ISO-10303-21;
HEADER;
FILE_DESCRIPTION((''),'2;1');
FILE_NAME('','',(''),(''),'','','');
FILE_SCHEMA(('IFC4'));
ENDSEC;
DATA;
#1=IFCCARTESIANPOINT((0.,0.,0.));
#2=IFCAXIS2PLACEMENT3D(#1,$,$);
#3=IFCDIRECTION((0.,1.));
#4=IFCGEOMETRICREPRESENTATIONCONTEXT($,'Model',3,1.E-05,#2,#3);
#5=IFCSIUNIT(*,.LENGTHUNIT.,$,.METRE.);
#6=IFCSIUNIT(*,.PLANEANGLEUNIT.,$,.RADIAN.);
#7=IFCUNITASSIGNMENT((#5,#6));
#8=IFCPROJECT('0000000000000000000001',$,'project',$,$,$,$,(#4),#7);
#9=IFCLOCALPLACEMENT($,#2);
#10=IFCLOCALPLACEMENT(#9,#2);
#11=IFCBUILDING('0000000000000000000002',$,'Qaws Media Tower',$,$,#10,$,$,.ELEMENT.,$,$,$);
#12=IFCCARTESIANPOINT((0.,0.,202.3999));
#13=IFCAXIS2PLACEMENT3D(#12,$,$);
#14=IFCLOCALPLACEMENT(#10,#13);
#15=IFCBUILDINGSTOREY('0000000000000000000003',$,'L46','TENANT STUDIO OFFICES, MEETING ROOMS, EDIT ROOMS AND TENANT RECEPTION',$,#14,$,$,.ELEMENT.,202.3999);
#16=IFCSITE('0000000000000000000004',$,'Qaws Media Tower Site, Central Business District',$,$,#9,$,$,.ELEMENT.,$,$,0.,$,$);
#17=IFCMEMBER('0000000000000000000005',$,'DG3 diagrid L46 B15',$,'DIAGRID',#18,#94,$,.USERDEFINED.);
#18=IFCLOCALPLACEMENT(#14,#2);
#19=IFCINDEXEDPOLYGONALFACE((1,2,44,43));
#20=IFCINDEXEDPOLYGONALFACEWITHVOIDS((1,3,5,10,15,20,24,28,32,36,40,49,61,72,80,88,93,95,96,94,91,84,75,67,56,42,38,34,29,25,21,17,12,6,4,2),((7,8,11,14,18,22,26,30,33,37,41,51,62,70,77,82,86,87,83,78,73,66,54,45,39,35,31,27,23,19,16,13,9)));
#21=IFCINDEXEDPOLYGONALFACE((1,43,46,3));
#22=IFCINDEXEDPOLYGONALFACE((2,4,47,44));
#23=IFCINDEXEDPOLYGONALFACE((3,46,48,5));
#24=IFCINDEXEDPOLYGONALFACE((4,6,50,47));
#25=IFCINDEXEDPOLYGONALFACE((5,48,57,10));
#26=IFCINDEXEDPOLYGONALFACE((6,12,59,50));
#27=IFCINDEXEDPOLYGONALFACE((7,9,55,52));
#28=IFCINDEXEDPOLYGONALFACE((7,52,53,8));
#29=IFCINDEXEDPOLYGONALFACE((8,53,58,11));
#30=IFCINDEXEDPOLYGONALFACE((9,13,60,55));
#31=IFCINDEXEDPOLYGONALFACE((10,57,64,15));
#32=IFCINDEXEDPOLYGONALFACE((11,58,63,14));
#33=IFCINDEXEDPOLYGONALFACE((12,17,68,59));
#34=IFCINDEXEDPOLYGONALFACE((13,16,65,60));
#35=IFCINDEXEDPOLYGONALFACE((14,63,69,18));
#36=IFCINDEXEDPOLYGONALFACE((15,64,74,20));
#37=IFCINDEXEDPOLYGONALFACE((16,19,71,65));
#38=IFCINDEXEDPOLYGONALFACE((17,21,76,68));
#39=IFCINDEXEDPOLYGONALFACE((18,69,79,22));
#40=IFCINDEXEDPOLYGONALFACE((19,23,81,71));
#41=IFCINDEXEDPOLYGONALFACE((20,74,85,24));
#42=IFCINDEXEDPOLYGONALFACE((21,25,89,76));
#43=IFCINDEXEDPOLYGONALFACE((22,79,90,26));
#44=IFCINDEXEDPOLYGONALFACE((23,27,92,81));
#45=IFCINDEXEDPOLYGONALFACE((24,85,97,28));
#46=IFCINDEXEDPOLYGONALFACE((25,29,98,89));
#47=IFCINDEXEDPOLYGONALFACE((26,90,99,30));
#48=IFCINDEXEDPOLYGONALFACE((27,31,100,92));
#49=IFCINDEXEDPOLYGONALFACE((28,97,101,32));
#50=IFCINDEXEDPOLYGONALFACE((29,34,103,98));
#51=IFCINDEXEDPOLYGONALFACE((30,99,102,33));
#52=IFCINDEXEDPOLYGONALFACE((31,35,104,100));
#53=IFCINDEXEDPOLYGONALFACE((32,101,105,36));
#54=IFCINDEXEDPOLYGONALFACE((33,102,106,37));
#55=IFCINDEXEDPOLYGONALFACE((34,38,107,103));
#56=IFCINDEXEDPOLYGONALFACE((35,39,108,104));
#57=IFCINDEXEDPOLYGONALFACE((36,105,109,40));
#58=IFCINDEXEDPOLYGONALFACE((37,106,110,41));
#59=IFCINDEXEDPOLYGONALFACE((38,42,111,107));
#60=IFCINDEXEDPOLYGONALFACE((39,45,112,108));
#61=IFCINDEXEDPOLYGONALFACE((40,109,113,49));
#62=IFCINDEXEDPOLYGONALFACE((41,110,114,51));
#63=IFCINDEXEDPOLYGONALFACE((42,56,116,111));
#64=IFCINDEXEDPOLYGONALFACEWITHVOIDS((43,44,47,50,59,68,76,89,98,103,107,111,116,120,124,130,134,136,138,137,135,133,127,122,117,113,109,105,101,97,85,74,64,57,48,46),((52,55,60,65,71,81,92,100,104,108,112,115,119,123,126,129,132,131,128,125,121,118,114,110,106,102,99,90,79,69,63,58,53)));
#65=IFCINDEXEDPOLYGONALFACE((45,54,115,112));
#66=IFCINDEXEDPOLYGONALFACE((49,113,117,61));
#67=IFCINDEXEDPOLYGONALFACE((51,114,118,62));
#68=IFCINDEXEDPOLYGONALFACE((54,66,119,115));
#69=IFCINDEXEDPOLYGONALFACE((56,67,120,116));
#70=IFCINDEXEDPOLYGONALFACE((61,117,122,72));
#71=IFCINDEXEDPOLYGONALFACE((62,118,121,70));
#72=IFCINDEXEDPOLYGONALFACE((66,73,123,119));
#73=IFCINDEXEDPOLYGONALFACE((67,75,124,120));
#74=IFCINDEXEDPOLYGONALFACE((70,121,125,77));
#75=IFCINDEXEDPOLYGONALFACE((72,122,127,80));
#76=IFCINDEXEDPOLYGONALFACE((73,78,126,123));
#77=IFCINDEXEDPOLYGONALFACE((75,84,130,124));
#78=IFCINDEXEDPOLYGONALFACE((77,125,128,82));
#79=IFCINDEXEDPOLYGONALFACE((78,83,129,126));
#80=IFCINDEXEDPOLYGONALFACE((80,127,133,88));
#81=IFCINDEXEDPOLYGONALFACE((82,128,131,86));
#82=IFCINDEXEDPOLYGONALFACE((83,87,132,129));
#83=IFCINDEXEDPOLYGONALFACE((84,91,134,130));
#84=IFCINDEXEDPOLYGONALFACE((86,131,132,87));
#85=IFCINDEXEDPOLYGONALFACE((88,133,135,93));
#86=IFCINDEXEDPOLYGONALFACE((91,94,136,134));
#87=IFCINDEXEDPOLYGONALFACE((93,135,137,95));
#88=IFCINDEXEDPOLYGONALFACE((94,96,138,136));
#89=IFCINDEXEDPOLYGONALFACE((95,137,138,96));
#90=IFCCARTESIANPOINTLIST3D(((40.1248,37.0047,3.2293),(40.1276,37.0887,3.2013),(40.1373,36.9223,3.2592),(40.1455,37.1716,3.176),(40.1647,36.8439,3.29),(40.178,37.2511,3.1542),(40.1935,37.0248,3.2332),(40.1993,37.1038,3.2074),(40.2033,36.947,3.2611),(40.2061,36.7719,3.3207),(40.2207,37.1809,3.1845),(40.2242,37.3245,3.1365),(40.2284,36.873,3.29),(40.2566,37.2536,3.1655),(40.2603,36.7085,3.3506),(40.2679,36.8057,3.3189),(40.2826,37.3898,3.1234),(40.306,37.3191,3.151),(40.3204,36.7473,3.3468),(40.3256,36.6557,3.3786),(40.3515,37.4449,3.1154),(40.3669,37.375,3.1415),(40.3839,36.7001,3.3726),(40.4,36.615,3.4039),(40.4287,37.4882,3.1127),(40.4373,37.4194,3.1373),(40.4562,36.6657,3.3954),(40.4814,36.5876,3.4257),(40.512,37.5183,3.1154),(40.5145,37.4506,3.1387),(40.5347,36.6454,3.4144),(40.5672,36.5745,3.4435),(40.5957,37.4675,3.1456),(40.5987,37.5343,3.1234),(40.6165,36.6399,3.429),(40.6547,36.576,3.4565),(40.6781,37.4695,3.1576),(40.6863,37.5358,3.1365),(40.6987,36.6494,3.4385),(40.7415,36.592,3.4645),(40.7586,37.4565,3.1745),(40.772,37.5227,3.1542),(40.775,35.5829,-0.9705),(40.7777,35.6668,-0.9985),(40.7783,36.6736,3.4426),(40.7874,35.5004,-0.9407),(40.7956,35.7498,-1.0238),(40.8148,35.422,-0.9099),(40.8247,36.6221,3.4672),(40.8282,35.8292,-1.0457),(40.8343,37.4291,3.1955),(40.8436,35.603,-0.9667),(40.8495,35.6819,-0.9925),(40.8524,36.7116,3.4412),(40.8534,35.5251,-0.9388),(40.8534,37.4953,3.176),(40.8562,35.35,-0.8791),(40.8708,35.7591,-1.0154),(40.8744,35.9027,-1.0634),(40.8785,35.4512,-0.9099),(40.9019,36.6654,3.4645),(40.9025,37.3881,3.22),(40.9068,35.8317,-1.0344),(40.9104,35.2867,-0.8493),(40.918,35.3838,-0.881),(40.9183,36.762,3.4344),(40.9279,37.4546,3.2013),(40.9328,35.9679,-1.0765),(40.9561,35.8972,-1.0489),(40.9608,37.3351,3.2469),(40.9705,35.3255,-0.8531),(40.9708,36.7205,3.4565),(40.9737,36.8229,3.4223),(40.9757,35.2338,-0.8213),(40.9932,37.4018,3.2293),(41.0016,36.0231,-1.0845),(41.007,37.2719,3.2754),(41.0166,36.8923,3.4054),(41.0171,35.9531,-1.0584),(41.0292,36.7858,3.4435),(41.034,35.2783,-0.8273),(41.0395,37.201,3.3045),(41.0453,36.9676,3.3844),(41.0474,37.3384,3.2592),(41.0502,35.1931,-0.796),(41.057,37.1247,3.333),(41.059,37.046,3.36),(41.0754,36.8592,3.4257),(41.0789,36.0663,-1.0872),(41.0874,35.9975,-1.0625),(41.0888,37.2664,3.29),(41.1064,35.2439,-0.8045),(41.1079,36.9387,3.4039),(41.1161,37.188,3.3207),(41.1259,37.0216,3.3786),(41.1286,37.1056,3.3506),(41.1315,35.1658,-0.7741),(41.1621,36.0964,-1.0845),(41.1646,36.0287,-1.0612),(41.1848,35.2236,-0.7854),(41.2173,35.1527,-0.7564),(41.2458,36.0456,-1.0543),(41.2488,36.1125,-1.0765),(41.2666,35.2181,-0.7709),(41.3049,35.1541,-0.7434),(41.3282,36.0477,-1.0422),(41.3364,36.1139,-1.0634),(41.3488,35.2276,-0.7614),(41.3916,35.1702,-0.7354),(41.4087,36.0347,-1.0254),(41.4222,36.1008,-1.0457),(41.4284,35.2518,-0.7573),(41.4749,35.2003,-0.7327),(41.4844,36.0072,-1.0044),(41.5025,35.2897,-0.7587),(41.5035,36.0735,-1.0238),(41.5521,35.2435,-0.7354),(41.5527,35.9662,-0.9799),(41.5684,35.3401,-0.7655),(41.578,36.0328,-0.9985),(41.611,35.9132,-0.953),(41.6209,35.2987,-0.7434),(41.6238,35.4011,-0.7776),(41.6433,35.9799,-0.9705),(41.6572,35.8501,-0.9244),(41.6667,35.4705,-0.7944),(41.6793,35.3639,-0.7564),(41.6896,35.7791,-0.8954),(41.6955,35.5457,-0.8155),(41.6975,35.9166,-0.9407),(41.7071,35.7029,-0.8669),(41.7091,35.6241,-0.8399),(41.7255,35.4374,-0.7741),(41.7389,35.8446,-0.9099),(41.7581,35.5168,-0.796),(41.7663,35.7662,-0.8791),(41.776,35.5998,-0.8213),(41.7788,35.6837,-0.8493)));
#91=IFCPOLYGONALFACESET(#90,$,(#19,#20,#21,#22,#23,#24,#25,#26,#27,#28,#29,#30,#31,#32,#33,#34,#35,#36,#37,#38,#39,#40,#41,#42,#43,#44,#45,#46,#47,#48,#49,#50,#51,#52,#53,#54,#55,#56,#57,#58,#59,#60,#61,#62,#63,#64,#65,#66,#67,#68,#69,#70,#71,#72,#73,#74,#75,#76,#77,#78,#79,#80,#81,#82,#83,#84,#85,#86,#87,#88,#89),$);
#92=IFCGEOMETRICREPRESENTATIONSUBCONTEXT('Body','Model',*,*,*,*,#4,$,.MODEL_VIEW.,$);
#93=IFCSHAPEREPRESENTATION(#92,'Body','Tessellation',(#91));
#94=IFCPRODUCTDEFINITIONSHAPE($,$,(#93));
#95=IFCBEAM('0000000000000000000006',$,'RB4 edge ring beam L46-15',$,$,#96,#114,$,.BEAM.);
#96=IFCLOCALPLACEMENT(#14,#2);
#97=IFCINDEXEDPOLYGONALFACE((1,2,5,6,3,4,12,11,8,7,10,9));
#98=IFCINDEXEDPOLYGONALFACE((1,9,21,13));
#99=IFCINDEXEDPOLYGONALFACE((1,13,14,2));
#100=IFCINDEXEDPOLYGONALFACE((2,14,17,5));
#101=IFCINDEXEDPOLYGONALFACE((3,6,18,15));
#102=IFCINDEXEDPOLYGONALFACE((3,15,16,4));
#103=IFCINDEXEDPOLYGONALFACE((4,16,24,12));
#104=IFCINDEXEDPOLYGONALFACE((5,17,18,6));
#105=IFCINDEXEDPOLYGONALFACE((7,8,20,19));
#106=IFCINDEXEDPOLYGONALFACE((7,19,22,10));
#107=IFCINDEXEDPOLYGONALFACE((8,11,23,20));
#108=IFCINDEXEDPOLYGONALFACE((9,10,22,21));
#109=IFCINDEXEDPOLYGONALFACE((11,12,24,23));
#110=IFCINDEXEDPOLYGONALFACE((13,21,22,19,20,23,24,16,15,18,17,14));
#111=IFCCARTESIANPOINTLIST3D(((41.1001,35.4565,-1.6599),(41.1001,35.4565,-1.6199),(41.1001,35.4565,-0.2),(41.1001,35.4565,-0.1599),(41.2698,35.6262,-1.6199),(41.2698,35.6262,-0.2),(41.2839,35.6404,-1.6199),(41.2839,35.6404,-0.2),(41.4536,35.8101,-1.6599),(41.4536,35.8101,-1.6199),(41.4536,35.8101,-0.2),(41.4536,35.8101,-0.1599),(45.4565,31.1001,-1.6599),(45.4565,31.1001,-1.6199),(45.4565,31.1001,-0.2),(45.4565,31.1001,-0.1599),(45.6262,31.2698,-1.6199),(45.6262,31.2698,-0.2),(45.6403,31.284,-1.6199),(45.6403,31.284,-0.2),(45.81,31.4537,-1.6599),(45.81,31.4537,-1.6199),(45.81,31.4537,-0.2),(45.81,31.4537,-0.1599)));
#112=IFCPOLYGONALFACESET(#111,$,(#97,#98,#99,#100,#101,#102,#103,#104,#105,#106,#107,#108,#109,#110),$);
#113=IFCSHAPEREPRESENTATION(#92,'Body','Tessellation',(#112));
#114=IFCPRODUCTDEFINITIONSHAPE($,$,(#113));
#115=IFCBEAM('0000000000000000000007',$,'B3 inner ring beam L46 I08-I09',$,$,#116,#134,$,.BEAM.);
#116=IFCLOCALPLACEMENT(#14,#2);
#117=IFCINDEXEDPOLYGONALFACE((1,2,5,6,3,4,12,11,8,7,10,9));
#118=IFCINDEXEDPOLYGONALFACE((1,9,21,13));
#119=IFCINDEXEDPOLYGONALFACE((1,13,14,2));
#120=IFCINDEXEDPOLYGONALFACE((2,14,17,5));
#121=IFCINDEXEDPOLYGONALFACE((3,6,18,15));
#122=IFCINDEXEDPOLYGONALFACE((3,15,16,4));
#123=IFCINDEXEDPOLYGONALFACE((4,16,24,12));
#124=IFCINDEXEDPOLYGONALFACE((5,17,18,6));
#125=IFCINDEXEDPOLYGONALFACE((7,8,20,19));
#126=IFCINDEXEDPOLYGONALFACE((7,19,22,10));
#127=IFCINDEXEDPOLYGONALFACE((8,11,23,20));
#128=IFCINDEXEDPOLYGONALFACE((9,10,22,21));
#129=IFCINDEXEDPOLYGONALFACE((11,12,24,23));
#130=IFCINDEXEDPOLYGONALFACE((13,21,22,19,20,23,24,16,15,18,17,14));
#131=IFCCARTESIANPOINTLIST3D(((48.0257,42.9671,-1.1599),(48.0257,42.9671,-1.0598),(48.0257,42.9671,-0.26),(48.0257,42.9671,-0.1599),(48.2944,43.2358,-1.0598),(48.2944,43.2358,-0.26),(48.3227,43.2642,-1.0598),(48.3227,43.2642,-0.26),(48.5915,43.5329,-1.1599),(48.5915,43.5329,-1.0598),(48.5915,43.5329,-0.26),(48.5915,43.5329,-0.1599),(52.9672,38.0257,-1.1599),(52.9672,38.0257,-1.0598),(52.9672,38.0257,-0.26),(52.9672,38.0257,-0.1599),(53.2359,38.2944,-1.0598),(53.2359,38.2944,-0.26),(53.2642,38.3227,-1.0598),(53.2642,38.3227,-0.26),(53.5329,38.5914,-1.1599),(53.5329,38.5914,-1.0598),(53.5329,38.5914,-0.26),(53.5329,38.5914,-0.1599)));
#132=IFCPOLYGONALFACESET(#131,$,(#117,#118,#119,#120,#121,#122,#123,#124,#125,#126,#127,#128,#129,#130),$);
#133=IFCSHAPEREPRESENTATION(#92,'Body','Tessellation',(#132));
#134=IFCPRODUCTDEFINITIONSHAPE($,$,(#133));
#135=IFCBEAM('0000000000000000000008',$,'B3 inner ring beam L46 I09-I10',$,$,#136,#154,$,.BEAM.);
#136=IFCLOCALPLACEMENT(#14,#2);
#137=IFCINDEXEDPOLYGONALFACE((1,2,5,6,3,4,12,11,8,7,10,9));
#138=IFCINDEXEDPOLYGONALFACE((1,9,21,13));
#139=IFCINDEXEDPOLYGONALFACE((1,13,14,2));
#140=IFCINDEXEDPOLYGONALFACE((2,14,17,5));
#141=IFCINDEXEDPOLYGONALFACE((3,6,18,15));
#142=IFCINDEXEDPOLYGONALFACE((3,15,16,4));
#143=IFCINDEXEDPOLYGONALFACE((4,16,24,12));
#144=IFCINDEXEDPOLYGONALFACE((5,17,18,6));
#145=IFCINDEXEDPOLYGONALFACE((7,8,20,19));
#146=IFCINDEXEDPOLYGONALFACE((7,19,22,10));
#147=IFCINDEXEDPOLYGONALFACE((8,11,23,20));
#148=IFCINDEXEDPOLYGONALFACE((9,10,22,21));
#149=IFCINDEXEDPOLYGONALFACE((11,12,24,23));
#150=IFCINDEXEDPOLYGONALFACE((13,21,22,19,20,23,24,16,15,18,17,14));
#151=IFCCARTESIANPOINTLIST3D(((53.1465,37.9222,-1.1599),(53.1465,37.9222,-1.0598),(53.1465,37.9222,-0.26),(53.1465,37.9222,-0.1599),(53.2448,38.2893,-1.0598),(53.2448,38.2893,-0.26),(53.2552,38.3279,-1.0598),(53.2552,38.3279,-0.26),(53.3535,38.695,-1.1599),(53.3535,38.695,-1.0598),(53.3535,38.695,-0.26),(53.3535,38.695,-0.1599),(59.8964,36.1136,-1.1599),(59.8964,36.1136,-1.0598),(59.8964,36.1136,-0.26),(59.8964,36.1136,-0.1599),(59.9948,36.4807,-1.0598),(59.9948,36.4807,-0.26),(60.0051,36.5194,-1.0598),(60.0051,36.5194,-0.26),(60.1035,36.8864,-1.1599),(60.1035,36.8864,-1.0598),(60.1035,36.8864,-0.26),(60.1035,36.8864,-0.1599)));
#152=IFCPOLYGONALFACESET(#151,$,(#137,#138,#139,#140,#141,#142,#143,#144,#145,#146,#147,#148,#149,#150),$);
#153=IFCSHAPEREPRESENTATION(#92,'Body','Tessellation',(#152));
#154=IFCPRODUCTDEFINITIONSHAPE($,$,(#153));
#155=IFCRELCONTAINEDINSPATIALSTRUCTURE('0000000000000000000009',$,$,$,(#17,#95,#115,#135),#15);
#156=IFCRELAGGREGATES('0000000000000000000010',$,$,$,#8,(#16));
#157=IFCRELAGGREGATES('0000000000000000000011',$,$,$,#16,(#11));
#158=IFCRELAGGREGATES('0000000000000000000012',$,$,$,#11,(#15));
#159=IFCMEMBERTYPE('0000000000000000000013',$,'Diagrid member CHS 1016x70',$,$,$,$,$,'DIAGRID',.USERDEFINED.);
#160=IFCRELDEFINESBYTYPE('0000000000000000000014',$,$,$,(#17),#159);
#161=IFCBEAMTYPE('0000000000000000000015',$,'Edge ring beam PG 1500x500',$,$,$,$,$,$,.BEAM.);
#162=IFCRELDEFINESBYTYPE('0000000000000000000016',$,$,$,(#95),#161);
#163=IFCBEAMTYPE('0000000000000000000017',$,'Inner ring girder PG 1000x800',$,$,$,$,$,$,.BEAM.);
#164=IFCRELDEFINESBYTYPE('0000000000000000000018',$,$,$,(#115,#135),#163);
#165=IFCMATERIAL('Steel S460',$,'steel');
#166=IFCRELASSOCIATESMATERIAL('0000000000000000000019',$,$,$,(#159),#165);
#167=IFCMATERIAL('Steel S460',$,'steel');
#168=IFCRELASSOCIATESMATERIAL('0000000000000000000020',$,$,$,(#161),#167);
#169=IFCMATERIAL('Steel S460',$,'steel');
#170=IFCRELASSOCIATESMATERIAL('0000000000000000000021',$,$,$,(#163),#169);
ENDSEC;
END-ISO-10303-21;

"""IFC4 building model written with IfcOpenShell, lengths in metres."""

from ifc_helpers import new_model, si_unit, direction, frame, origin, origin_2d, place, context, subcontext, project, spatial, hollow_circle, i_section, extrude, material, material_profile, profile_set, type_object, element, save


model = new_model("IFC4")

# Units and contexts
model_context = context("Model", 3, precision=1e-05, world=origin(), true_north=direction((0.0, 1.0)))
body_context = subcontext(model_context, "Body", "Model", "MODEL_VIEW")
ifc_project = project(units=[si_unit("LENGTHUNIT", "METRE"), si_unit("PLANEANGLEUNIT", "RADIAN")], contexts=[model_context])

# Site, building, storey
site_placement = place(None, origin())
site = spatial("IfcSite", under=ifc_project, at=site_placement, Name="Qaws Media Tower Site, Central Business District", CompositionType="ELEMENT", RefElevation=0.0)
building_placement = place(site_placement, origin())
building = spatial("IfcBuilding", under=site, at=building_placement, Name="Qaws Media Tower", CompositionType="ELEMENT")
storey_placement = place(building_placement, frame((0.0, 0.0, 202.3999)))
storey = spatial("IfcBuildingStorey", under=building, at=storey_placement, Name="L46", Description="TENANT STUDIO OFFICES, MEETING ROOMS, EDIT ROOMS AND TENANT RECEPTION", CompositionType="ELEMENT", Elevation=202.3999)

# Member
ifc_material_1 = material(Name="Steel S460", Category="steel")
ifc_material_profile_1 = material_profile(ifc_material_1, hollow_circle(Radius=0.5081, WallThickness=0.0701, at=origin_2d()), Name="CHS 1016x70")
ifc_profile_set_1 = profile_set([ifc_material_profile_1], Name="Steel S460")
member_type_1 = type_object("IfcMemberType", Name="Diagrid member CHS 1016x70", ElementType="DIAGRID", PredefinedType="USERDEFINED", material=ifc_profile_set_1)
member_1_placement = place(storey_placement, frame((41.2769, 35.6333, -0.9099), z_axis=(-0.145073, 0.317275, 0.937171), x_axis=(-0.909439, -0.415837, 0.0)))
element("IfcMember", 1, at=member_1_placement, inside=storey, type_object=member_type_1, Name="DG3 diagrid L46 B15", ObjectType="DIAGRID", PredefinedType="USERDEFINED", context=body_context, shape_type="SweptSolid", body=[
    extrude(hollow_circle(Radius=0.5081, WallThickness=0.0701, at=origin_2d()), origin(), (0.0, 0.0, 1.0), 4.4814),
])

# Beams
ifc_material_2 = material(Name="Steel S460", Category="steel")
ifc_material_profile_2 = material_profile(ifc_material_2, i_section(OverallWidth=0.5, OverallDepth=1.5, WebThickness=0.02, FlangeThickness=0.04, at=origin_2d()), Name="PG 1500x500")
ifc_profile_set_2 = profile_set([ifc_material_profile_2], Name="Steel S460")
beam_type_1 = type_object("IfcBeamType", Name="Edge ring beam PG 1500x500", PredefinedType="BEAM", material=ifc_profile_set_2)
beam_1_placement = place(storey_placement, frame((41.2769, 35.6333, -0.9099), z_axis=(0.707107, -0.707107, 0.0), x_axis=(0.707107, 0.707107, 0.0)))
element("IfcBeam", 2, at=beam_1_placement, inside=storey, type_object=beam_type_1, Name="RB4 edge ring beam L46-15", PredefinedType="BEAM", context=body_context, shape_type="SweptSolid", body=[
    extrude(i_section(OverallWidth=0.5, OverallDepth=1.5, WebThickness=0.02, FlangeThickness=0.04, at=origin_2d()), origin(), (0.0, 0.0, 1.0), 6.1609),
])
ifc_material_3 = material(Name="Steel S460", Category="steel")
ifc_material_profile_3 = material_profile(ifc_material_3, i_section(OverallWidth=0.8, OverallDepth=1.0, WebThickness=0.04, FlangeThickness=0.1001, at=origin_2d()), Name="PG 1000x800")
ifc_profile_set_3 = profile_set([ifc_material_profile_3], Name="Steel S460")
beam_type_2 = type_object("IfcBeamType", Name="Inner ring girder PG 1000x800", PredefinedType="BEAM", material=ifc_profile_set_3)
beam_2_placement = place(storey_placement, frame((48.3086, 43.25, -0.6599), z_axis=(0.707107, -0.707107, 0.0), x_axis=(0.707107, 0.707107, 0.0)))
element("IfcBeam", 3, at=beam_2_placement, inside=storey, type_object=beam_type_2, Name="B3 inner ring beam L46 I08-I09", PredefinedType="BEAM", context=body_context, shape_type="SweptSolid", body=[
    extrude(i_section(OverallWidth=0.8, OverallDepth=1.0, WebThickness=0.04, FlangeThickness=0.1001, at=origin_2d()), origin(), (0.0, 0.0, 1.0), 6.9883),
])
beam_3_placement = place(storey_placement, frame((53.25, 38.3086, -0.6599), z_axis=(0.965928, -0.258811, 0.0), x_axis=(0.258811, 0.965928, 0.0)))
element("IfcBeam", 4, at=beam_3_placement, inside=storey, type_object=beam_type_2, Name="B3 inner ring beam L46 I09-I10", PredefinedType="BEAM", context=body_context, shape_type="SweptSolid", body=[
    extrude(i_section(OverallWidth=0.8, OverallDepth=1.0, WebThickness=0.04, FlangeThickness=0.1001, at=origin_2d()), origin(), (0.0, 0.0, 1.0), 6.988),
])

save(model, "model.ifc")
